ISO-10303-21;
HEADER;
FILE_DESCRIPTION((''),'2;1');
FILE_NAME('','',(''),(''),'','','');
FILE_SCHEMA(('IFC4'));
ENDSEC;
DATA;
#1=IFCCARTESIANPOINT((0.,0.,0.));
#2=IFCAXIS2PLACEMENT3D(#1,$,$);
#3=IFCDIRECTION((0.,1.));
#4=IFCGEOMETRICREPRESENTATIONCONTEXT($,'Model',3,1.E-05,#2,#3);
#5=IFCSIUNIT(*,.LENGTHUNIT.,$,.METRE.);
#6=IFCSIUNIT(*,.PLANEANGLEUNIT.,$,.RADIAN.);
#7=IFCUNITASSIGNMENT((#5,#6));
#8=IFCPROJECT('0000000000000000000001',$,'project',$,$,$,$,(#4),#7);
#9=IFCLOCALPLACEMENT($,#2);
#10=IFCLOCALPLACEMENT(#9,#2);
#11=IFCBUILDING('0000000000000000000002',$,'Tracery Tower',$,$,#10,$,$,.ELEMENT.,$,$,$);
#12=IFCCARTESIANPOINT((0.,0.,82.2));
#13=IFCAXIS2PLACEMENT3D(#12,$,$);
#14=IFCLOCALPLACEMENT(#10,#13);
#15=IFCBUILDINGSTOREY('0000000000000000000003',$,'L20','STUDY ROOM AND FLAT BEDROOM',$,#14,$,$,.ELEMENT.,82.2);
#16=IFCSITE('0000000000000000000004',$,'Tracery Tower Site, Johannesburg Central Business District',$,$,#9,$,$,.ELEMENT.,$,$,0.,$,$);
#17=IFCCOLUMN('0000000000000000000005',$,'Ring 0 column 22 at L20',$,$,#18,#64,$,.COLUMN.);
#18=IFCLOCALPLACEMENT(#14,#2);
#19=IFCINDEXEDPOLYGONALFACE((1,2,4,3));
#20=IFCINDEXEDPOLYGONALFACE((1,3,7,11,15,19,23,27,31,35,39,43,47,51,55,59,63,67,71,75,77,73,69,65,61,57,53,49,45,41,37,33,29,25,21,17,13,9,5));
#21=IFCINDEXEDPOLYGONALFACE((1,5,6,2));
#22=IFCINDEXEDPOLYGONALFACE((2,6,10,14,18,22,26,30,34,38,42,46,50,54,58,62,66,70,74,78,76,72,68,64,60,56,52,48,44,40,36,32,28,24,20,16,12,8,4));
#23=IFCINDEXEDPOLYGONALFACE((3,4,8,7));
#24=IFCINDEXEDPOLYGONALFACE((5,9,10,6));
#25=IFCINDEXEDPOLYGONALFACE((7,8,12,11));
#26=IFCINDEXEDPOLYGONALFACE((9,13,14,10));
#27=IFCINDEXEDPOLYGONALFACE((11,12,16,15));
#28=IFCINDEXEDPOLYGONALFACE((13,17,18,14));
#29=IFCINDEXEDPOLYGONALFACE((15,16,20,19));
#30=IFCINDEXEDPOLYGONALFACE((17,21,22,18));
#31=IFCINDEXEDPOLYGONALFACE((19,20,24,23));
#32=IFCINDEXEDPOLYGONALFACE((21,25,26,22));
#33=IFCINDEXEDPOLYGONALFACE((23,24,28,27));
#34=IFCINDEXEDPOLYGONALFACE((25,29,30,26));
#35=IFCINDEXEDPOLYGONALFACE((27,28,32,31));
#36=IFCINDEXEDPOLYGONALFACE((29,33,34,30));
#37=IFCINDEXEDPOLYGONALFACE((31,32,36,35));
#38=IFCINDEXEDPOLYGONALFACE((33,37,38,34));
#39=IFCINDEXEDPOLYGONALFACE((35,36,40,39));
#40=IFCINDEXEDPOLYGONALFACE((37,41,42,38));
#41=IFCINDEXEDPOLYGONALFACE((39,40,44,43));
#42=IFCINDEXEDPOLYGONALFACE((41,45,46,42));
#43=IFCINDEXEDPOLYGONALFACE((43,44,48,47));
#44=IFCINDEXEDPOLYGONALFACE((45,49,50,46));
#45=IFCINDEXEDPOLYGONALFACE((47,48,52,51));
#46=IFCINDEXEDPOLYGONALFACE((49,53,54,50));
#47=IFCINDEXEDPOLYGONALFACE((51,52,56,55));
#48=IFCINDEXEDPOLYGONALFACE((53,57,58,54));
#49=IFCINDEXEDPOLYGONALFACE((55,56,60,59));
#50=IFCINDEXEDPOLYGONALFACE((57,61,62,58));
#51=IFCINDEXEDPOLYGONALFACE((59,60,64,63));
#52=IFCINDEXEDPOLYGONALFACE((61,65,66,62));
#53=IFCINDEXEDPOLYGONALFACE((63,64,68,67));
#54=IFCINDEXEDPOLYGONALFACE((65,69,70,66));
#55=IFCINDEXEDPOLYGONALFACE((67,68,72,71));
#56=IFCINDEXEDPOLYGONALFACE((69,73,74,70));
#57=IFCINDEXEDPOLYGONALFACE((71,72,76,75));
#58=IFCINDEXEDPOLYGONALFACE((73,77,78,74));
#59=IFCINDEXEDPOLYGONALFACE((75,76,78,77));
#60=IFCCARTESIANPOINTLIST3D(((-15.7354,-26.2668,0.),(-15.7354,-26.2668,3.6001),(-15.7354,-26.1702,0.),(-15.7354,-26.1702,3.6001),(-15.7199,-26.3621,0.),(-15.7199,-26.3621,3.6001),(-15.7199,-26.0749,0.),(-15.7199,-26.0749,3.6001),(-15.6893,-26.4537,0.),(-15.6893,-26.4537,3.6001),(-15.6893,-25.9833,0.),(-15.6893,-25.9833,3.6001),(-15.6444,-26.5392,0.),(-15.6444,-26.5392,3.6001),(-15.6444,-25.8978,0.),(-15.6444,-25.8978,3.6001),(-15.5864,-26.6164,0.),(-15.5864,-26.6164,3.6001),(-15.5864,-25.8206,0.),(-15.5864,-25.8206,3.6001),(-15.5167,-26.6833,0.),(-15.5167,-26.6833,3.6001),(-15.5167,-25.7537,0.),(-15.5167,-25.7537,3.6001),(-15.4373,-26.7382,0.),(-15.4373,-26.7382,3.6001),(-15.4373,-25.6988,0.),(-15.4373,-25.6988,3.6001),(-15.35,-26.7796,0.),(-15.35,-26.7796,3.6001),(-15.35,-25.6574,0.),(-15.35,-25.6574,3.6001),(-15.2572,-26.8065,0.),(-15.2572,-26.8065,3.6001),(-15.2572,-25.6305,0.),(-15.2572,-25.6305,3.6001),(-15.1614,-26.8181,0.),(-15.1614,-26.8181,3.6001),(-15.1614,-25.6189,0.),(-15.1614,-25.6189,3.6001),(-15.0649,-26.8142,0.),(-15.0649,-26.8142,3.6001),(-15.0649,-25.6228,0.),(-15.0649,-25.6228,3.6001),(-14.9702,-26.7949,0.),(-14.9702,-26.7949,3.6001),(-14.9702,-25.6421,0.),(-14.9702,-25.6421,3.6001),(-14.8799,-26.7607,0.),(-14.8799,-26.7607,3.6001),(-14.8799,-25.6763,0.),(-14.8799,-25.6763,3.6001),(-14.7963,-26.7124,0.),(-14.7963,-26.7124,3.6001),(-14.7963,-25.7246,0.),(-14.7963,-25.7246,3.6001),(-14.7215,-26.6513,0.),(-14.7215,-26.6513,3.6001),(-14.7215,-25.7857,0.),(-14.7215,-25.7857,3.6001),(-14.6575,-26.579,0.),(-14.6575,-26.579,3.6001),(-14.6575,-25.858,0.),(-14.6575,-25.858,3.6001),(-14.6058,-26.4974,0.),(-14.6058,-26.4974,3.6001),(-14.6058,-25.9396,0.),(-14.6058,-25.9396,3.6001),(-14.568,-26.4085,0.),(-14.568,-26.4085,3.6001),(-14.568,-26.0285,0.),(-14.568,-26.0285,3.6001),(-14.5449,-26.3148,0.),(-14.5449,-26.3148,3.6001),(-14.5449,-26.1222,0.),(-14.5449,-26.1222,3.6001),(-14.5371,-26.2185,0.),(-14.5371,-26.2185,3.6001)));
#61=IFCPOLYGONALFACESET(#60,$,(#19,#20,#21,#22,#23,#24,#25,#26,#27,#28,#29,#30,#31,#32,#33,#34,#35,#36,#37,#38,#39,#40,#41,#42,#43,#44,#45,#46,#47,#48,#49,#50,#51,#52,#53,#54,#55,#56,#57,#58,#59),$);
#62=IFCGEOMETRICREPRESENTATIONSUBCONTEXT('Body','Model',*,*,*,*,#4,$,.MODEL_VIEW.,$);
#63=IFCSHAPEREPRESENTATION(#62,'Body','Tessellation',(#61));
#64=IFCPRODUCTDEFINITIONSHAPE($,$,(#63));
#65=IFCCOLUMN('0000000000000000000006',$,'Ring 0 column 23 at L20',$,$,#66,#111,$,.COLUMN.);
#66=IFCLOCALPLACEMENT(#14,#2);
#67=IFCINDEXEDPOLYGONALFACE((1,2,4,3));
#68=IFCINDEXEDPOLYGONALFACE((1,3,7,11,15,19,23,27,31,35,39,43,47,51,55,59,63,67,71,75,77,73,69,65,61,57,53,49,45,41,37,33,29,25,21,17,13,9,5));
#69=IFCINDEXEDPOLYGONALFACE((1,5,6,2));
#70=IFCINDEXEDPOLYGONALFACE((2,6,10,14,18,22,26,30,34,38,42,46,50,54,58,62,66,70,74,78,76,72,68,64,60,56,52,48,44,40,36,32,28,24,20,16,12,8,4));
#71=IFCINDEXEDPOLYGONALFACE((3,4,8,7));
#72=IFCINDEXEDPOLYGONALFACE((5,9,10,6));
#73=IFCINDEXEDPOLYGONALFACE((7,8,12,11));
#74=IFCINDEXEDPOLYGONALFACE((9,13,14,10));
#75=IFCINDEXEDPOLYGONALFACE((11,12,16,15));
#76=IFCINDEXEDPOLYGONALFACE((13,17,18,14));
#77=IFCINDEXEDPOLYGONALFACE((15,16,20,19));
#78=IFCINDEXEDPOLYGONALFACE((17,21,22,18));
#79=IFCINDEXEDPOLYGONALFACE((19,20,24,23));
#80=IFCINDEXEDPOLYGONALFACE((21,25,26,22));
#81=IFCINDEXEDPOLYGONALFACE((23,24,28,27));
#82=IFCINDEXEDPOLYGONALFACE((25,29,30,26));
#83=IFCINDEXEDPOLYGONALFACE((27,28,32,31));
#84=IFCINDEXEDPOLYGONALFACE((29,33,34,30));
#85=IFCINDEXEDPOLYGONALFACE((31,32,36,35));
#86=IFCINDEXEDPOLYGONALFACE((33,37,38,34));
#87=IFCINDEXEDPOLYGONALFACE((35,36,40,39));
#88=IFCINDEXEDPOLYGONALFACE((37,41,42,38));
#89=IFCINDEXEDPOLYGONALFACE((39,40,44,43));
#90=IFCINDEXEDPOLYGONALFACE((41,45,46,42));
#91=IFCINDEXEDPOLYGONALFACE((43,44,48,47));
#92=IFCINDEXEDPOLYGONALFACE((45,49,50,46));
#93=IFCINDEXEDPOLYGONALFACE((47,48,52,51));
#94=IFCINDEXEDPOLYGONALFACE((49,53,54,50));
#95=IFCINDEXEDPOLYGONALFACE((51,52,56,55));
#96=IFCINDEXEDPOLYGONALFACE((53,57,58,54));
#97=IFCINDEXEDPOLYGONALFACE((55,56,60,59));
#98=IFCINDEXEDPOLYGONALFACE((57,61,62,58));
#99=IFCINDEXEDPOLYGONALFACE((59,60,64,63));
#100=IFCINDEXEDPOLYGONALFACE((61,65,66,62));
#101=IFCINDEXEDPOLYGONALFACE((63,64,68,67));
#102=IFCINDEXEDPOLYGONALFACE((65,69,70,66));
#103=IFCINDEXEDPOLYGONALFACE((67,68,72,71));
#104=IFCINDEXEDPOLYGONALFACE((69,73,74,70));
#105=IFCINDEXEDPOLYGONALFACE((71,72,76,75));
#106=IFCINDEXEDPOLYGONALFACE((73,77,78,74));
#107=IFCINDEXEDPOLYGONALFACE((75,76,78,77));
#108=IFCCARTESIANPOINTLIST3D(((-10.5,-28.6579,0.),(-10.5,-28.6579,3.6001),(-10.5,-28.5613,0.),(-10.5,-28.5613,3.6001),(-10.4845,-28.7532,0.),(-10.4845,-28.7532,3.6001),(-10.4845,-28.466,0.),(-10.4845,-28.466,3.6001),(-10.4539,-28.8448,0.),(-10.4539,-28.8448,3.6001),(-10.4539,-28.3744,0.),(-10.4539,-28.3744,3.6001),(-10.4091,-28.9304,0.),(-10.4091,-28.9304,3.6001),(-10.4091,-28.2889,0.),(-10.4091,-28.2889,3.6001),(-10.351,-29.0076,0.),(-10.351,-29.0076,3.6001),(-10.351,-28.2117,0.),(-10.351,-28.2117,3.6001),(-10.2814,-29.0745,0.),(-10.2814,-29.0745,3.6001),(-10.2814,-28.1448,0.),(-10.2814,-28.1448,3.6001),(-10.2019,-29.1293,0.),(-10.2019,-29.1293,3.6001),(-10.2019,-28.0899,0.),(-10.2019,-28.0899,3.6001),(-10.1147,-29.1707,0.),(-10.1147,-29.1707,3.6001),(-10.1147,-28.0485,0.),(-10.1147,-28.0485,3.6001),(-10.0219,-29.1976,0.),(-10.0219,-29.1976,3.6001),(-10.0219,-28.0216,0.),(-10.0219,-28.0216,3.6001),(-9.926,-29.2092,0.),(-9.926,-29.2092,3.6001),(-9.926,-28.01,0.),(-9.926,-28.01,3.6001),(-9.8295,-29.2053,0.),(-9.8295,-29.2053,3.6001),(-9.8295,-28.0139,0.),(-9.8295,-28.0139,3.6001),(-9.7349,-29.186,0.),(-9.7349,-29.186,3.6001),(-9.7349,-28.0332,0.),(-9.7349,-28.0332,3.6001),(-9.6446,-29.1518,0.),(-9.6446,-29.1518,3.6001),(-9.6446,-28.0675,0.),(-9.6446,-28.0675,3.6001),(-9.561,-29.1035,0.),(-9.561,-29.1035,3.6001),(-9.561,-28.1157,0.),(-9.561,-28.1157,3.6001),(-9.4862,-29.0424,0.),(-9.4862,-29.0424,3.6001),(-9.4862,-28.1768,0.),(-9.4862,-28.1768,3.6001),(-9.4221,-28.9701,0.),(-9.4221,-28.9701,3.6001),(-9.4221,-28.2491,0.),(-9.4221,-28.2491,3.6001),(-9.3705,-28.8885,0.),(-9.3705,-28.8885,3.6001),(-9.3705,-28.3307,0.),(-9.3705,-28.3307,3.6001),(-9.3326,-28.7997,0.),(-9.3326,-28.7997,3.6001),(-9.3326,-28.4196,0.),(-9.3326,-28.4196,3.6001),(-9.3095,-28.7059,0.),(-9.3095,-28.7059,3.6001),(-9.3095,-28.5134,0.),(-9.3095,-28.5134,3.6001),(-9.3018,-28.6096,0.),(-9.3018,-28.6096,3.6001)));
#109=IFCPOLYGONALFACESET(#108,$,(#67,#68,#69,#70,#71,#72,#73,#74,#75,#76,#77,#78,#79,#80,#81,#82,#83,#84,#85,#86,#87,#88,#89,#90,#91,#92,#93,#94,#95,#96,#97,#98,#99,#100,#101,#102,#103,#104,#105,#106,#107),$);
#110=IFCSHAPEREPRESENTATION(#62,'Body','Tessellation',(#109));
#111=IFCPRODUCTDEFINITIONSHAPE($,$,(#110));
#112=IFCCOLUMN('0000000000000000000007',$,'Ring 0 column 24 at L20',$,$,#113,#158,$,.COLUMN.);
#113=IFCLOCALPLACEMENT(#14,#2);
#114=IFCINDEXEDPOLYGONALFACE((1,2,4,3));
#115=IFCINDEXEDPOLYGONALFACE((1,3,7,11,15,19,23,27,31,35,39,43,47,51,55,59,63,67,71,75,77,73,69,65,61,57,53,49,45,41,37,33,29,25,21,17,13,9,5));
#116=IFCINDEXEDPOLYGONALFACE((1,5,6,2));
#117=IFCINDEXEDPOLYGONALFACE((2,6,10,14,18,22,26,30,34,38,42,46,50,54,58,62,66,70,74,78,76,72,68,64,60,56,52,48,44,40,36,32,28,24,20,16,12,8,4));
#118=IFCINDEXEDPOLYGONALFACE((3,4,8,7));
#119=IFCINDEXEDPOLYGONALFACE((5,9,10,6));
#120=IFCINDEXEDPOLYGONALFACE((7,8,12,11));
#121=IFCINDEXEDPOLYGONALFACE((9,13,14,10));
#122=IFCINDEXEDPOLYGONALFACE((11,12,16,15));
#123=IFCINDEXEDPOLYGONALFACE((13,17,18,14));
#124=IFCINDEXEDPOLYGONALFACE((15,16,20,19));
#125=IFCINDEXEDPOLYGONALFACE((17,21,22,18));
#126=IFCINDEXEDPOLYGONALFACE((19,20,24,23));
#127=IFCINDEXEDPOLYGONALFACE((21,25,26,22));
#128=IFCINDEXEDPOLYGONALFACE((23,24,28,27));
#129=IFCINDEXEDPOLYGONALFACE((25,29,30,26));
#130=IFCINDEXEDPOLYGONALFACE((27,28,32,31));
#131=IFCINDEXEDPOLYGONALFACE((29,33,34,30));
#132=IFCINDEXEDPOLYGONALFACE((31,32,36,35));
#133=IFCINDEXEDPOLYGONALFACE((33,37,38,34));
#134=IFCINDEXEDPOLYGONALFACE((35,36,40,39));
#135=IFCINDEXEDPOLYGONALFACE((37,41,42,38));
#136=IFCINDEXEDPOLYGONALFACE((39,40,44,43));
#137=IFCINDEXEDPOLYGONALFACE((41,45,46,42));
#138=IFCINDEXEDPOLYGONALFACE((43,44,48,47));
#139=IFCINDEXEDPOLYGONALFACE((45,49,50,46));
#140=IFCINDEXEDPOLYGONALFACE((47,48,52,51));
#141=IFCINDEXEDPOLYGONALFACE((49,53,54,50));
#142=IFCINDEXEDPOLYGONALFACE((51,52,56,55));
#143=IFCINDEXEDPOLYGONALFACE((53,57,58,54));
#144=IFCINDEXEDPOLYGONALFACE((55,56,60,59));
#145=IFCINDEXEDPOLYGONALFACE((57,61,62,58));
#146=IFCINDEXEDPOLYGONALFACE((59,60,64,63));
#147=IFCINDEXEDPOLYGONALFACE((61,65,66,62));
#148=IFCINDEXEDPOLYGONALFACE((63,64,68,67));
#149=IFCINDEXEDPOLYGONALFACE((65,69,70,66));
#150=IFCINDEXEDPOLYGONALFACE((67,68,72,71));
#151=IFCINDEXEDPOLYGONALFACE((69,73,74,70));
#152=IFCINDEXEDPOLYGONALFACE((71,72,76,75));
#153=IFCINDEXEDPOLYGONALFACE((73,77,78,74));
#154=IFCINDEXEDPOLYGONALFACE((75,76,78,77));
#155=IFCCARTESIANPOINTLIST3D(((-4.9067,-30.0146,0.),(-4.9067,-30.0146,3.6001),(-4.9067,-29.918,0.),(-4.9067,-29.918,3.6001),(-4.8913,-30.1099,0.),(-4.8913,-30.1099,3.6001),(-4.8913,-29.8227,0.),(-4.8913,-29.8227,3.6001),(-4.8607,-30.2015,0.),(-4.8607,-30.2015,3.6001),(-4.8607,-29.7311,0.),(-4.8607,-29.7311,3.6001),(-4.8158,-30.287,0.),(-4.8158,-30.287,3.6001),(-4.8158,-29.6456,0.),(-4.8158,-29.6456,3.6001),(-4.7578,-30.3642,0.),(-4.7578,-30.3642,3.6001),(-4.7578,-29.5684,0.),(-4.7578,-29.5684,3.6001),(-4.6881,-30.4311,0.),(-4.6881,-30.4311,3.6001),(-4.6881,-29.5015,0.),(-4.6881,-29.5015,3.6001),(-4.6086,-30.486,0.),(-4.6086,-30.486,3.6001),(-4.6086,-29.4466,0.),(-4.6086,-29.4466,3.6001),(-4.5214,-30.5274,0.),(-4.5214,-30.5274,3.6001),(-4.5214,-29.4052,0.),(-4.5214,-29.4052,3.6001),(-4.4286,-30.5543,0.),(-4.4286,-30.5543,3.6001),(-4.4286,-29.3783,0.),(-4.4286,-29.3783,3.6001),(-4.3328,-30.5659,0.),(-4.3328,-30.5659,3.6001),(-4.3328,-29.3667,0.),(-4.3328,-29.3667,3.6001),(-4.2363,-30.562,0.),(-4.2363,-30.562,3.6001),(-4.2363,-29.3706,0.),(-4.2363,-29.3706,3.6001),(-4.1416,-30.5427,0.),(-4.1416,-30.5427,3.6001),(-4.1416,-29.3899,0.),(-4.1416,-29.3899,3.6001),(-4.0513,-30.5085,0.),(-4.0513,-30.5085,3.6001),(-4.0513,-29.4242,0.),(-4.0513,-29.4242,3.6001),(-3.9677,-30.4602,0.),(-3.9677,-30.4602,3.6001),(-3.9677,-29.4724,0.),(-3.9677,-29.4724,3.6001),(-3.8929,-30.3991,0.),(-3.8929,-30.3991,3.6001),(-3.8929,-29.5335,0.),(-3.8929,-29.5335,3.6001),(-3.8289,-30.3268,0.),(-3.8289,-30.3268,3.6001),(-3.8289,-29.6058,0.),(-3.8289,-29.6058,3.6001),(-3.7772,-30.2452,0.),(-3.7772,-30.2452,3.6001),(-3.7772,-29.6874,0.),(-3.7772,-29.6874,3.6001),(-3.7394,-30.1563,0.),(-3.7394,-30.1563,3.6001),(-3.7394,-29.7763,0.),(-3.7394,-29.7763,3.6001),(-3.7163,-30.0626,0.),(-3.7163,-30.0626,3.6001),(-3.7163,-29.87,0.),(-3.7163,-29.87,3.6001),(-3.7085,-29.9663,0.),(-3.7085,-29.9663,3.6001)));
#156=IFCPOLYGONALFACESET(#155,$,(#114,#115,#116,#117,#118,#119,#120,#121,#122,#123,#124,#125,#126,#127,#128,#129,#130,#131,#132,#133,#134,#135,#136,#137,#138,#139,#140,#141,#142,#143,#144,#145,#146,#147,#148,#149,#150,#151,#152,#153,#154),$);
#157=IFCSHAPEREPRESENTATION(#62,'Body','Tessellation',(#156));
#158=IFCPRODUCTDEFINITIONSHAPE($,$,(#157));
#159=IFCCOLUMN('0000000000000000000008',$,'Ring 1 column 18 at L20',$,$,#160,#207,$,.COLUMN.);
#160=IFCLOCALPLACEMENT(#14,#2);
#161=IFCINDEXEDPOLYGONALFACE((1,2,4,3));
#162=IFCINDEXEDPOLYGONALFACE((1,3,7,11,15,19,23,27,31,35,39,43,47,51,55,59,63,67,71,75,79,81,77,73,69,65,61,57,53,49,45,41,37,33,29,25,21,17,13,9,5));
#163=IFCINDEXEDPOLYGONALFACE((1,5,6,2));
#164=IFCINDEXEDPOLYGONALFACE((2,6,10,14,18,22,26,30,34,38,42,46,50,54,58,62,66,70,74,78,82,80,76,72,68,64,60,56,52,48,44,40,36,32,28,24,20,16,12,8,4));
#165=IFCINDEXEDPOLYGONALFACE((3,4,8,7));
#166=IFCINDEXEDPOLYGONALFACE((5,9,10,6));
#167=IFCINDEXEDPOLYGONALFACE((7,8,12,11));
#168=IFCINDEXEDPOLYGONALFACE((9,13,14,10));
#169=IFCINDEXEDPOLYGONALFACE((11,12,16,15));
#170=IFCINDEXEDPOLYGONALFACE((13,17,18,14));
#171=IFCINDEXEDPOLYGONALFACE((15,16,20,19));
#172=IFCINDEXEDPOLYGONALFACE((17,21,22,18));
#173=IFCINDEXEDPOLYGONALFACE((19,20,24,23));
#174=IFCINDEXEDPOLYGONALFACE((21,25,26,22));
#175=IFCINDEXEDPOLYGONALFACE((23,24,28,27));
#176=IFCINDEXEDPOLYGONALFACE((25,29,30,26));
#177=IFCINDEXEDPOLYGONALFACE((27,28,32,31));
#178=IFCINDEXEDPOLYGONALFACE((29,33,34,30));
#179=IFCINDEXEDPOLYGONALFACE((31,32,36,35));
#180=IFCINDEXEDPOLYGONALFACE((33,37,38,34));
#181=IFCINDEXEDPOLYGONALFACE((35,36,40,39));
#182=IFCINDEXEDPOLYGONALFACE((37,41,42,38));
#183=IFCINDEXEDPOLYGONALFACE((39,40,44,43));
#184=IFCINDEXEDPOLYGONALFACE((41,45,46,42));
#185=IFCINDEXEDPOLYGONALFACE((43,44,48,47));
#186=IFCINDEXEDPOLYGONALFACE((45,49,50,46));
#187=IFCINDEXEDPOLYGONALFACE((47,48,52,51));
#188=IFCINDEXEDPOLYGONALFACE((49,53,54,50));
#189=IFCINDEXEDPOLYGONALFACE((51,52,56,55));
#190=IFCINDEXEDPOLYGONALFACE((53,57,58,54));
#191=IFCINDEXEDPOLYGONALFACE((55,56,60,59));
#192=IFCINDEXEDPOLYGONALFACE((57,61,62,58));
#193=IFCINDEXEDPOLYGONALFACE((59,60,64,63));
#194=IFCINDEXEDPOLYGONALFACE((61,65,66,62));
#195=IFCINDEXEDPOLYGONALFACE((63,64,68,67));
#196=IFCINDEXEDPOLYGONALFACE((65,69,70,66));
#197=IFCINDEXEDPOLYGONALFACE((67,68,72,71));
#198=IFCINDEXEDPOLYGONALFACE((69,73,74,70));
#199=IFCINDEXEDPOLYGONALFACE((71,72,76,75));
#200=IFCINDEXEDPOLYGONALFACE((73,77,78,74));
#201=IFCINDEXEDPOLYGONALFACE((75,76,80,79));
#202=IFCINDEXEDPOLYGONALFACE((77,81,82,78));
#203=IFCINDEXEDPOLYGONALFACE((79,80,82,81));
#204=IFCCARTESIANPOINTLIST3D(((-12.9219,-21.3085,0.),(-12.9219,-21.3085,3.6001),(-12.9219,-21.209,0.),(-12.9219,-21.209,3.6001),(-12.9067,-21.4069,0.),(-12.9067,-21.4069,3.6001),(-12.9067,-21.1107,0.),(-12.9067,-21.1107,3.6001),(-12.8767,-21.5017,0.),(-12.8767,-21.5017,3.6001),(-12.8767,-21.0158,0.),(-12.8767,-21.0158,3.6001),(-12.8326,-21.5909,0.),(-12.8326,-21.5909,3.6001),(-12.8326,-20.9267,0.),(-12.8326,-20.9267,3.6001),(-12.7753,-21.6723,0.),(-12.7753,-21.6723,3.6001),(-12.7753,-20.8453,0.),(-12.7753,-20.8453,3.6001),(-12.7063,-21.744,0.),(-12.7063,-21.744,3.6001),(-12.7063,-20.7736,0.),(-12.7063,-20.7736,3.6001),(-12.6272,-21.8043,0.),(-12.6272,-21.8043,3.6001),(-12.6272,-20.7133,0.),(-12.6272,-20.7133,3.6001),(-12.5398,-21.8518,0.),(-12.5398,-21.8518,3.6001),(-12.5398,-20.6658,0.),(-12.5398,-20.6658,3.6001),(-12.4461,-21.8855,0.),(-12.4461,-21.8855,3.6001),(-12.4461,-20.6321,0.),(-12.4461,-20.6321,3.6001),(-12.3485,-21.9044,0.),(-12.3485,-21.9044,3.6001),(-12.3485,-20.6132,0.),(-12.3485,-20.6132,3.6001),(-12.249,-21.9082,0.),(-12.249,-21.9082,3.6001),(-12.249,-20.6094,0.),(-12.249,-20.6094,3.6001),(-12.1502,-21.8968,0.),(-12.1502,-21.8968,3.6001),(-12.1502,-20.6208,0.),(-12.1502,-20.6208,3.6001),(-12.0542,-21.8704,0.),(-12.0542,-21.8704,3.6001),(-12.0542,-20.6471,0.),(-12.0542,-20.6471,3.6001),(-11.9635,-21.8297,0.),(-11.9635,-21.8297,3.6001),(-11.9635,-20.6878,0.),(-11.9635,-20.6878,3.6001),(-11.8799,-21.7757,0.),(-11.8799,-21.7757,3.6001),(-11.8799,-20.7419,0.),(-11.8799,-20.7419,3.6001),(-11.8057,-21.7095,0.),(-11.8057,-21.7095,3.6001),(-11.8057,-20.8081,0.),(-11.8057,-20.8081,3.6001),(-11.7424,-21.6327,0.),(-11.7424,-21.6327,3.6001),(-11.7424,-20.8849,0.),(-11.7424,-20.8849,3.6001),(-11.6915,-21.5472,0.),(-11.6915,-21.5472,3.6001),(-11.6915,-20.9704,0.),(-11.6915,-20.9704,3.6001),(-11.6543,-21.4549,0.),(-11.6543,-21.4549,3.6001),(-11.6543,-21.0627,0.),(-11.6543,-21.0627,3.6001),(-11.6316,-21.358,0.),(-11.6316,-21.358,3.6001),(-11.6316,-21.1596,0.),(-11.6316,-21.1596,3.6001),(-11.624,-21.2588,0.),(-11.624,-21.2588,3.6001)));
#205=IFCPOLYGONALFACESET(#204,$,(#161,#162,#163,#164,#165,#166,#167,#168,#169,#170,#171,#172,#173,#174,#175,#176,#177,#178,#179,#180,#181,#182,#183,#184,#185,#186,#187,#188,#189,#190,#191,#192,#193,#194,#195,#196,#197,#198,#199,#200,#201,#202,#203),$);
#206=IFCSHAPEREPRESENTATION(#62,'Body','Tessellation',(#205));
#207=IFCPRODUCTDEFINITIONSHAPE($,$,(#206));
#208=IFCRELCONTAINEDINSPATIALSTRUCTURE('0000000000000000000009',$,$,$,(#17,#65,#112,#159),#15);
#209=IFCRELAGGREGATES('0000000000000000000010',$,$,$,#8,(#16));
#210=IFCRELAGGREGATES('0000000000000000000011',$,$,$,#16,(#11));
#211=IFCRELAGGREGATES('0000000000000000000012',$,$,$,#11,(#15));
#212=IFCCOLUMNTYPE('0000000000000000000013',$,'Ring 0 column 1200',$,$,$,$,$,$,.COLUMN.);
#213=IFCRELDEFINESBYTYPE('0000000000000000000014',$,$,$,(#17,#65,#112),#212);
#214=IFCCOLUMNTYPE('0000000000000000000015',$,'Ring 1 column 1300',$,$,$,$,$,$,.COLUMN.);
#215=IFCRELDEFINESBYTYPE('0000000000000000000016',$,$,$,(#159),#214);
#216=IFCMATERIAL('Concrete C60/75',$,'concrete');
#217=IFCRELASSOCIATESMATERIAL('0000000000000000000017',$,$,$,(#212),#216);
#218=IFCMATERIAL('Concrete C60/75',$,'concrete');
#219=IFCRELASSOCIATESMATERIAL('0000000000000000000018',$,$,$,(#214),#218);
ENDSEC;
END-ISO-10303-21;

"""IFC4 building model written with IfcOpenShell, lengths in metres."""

from ifc_helpers import new_model, si_unit, direction, frame, origin, origin_2d, place, context, subcontext, project, spatial, circle, extrude, material, material_profile, profile_set, type_object, element, save


model = new_model("IFC4")

# Units and contexts
model_context = context("Model", 3, precision=1e-05, world=origin(), true_north=direction((0.0, 1.0)))
body_context = subcontext(model_context, "Body", "Model", "MODEL_VIEW")
ifc_project = project(units=[si_unit("LENGTHUNIT", "METRE"), si_unit("PLANEANGLEUNIT", "RADIAN")], contexts=[model_context])

# Site, building, storey
site_placement = place(None, origin())
site = spatial("IfcSite", under=ifc_project, at=site_placement, Name="Tracery Tower Site, Johannesburg Central Business District", CompositionType="ELEMENT", RefElevation=0.0)
building_placement = place(site_placement, origin())
building = spatial("IfcBuilding", under=site, at=building_placement, Name="Tracery Tower", CompositionType="ELEMENT")
storey_placement = place(building_placement, frame((0.0, 0.0, 82.2)))
storey = spatial("IfcBuildingStorey", under=building, at=storey_placement, Name="L20", Description="STUDY ROOM AND FLAT BEDROOM", CompositionType="ELEMENT", Elevation=82.2)

# Columns
ifc_material_1 = material(Name="Concrete C60/75", Category="concrete")
ifc_material_profile_1 = material_profile(ifc_material_1, circle(Radius=0.6001, at=origin_2d()), Name="RC D1200")
ifc_profile_set_1 = profile_set([ifc_material_profile_1], Name="Concrete C60/75")
column_type_1 = type_object("IfcColumnType", Name="Ring 0 column 1200", PredefinedType="COLUMN", material=ifc_profile_set_1)
for number, where, z_axis, x_axis, name in (
    (1, (-15.1372, -26.2185, 0.0), (0.0, 0.0, 1.0), (1.0, 0.0, 0.0), "Ring 0 column 22 at L20"),
    (2, (-9.9019, -28.6096, 0.0), (0.0, 0.0, 1.0), (1.0, 0.0, 0.0), "Ring 0 column 23 at L20"),
    (3, (-4.3086, -29.9663, 0.0), (0.0, 0.0, 1.0), (1.0, 0.0, 0.0), "Ring 0 column 24 at L20"),
):
    element("IfcColumn", number, at=place(storey_placement, frame(where, z_axis=z_axis, x_axis=x_axis)), inside=storey, type_object=column_type_1, Name=name, PredefinedType="COLUMN", context=body_context, shape_type="SweptSolid", body=[
        extrude(circle(Radius=0.6001, at=origin_2d()), origin(), (0.0, 0.0, 1.0), 3.6001),
    ])
ifc_material_2 = material(Name="Concrete C60/75", Category="concrete")
ifc_material_profile_2 = material_profile(ifc_material_2, circle(Radius=0.6499, at=origin_2d()), Name="RC D1300")
ifc_profile_set_2 = profile_set([ifc_material_profile_2], Name="Concrete C60/75")
column_type_2 = type_object("IfcColumnType", Name="Ring 1 column 1300", PredefinedType="COLUMN", material=ifc_profile_set_2)
for number, where, z_axis, x_axis, name in (
    (4, (-12.2739, -21.2588, 0.0), (0.0, 0.0, 1.0), (1.0, 0.0, 0.0), "Ring 1 column 18 at L20"),
):
    element("IfcColumn", number, at=place(storey_placement, frame(where, z_axis=z_axis, x_axis=x_axis)), inside=storey, type_object=column_type_2, Name=name, PredefinedType="COLUMN", context=body_context, shape_type="SweptSolid", body=[
        extrude(circle(Radius=0.6499, at=origin_2d()), origin(), (0.0, 0.0, 1.0), 3.6001),
    ])

save(model, "model.ifc")
